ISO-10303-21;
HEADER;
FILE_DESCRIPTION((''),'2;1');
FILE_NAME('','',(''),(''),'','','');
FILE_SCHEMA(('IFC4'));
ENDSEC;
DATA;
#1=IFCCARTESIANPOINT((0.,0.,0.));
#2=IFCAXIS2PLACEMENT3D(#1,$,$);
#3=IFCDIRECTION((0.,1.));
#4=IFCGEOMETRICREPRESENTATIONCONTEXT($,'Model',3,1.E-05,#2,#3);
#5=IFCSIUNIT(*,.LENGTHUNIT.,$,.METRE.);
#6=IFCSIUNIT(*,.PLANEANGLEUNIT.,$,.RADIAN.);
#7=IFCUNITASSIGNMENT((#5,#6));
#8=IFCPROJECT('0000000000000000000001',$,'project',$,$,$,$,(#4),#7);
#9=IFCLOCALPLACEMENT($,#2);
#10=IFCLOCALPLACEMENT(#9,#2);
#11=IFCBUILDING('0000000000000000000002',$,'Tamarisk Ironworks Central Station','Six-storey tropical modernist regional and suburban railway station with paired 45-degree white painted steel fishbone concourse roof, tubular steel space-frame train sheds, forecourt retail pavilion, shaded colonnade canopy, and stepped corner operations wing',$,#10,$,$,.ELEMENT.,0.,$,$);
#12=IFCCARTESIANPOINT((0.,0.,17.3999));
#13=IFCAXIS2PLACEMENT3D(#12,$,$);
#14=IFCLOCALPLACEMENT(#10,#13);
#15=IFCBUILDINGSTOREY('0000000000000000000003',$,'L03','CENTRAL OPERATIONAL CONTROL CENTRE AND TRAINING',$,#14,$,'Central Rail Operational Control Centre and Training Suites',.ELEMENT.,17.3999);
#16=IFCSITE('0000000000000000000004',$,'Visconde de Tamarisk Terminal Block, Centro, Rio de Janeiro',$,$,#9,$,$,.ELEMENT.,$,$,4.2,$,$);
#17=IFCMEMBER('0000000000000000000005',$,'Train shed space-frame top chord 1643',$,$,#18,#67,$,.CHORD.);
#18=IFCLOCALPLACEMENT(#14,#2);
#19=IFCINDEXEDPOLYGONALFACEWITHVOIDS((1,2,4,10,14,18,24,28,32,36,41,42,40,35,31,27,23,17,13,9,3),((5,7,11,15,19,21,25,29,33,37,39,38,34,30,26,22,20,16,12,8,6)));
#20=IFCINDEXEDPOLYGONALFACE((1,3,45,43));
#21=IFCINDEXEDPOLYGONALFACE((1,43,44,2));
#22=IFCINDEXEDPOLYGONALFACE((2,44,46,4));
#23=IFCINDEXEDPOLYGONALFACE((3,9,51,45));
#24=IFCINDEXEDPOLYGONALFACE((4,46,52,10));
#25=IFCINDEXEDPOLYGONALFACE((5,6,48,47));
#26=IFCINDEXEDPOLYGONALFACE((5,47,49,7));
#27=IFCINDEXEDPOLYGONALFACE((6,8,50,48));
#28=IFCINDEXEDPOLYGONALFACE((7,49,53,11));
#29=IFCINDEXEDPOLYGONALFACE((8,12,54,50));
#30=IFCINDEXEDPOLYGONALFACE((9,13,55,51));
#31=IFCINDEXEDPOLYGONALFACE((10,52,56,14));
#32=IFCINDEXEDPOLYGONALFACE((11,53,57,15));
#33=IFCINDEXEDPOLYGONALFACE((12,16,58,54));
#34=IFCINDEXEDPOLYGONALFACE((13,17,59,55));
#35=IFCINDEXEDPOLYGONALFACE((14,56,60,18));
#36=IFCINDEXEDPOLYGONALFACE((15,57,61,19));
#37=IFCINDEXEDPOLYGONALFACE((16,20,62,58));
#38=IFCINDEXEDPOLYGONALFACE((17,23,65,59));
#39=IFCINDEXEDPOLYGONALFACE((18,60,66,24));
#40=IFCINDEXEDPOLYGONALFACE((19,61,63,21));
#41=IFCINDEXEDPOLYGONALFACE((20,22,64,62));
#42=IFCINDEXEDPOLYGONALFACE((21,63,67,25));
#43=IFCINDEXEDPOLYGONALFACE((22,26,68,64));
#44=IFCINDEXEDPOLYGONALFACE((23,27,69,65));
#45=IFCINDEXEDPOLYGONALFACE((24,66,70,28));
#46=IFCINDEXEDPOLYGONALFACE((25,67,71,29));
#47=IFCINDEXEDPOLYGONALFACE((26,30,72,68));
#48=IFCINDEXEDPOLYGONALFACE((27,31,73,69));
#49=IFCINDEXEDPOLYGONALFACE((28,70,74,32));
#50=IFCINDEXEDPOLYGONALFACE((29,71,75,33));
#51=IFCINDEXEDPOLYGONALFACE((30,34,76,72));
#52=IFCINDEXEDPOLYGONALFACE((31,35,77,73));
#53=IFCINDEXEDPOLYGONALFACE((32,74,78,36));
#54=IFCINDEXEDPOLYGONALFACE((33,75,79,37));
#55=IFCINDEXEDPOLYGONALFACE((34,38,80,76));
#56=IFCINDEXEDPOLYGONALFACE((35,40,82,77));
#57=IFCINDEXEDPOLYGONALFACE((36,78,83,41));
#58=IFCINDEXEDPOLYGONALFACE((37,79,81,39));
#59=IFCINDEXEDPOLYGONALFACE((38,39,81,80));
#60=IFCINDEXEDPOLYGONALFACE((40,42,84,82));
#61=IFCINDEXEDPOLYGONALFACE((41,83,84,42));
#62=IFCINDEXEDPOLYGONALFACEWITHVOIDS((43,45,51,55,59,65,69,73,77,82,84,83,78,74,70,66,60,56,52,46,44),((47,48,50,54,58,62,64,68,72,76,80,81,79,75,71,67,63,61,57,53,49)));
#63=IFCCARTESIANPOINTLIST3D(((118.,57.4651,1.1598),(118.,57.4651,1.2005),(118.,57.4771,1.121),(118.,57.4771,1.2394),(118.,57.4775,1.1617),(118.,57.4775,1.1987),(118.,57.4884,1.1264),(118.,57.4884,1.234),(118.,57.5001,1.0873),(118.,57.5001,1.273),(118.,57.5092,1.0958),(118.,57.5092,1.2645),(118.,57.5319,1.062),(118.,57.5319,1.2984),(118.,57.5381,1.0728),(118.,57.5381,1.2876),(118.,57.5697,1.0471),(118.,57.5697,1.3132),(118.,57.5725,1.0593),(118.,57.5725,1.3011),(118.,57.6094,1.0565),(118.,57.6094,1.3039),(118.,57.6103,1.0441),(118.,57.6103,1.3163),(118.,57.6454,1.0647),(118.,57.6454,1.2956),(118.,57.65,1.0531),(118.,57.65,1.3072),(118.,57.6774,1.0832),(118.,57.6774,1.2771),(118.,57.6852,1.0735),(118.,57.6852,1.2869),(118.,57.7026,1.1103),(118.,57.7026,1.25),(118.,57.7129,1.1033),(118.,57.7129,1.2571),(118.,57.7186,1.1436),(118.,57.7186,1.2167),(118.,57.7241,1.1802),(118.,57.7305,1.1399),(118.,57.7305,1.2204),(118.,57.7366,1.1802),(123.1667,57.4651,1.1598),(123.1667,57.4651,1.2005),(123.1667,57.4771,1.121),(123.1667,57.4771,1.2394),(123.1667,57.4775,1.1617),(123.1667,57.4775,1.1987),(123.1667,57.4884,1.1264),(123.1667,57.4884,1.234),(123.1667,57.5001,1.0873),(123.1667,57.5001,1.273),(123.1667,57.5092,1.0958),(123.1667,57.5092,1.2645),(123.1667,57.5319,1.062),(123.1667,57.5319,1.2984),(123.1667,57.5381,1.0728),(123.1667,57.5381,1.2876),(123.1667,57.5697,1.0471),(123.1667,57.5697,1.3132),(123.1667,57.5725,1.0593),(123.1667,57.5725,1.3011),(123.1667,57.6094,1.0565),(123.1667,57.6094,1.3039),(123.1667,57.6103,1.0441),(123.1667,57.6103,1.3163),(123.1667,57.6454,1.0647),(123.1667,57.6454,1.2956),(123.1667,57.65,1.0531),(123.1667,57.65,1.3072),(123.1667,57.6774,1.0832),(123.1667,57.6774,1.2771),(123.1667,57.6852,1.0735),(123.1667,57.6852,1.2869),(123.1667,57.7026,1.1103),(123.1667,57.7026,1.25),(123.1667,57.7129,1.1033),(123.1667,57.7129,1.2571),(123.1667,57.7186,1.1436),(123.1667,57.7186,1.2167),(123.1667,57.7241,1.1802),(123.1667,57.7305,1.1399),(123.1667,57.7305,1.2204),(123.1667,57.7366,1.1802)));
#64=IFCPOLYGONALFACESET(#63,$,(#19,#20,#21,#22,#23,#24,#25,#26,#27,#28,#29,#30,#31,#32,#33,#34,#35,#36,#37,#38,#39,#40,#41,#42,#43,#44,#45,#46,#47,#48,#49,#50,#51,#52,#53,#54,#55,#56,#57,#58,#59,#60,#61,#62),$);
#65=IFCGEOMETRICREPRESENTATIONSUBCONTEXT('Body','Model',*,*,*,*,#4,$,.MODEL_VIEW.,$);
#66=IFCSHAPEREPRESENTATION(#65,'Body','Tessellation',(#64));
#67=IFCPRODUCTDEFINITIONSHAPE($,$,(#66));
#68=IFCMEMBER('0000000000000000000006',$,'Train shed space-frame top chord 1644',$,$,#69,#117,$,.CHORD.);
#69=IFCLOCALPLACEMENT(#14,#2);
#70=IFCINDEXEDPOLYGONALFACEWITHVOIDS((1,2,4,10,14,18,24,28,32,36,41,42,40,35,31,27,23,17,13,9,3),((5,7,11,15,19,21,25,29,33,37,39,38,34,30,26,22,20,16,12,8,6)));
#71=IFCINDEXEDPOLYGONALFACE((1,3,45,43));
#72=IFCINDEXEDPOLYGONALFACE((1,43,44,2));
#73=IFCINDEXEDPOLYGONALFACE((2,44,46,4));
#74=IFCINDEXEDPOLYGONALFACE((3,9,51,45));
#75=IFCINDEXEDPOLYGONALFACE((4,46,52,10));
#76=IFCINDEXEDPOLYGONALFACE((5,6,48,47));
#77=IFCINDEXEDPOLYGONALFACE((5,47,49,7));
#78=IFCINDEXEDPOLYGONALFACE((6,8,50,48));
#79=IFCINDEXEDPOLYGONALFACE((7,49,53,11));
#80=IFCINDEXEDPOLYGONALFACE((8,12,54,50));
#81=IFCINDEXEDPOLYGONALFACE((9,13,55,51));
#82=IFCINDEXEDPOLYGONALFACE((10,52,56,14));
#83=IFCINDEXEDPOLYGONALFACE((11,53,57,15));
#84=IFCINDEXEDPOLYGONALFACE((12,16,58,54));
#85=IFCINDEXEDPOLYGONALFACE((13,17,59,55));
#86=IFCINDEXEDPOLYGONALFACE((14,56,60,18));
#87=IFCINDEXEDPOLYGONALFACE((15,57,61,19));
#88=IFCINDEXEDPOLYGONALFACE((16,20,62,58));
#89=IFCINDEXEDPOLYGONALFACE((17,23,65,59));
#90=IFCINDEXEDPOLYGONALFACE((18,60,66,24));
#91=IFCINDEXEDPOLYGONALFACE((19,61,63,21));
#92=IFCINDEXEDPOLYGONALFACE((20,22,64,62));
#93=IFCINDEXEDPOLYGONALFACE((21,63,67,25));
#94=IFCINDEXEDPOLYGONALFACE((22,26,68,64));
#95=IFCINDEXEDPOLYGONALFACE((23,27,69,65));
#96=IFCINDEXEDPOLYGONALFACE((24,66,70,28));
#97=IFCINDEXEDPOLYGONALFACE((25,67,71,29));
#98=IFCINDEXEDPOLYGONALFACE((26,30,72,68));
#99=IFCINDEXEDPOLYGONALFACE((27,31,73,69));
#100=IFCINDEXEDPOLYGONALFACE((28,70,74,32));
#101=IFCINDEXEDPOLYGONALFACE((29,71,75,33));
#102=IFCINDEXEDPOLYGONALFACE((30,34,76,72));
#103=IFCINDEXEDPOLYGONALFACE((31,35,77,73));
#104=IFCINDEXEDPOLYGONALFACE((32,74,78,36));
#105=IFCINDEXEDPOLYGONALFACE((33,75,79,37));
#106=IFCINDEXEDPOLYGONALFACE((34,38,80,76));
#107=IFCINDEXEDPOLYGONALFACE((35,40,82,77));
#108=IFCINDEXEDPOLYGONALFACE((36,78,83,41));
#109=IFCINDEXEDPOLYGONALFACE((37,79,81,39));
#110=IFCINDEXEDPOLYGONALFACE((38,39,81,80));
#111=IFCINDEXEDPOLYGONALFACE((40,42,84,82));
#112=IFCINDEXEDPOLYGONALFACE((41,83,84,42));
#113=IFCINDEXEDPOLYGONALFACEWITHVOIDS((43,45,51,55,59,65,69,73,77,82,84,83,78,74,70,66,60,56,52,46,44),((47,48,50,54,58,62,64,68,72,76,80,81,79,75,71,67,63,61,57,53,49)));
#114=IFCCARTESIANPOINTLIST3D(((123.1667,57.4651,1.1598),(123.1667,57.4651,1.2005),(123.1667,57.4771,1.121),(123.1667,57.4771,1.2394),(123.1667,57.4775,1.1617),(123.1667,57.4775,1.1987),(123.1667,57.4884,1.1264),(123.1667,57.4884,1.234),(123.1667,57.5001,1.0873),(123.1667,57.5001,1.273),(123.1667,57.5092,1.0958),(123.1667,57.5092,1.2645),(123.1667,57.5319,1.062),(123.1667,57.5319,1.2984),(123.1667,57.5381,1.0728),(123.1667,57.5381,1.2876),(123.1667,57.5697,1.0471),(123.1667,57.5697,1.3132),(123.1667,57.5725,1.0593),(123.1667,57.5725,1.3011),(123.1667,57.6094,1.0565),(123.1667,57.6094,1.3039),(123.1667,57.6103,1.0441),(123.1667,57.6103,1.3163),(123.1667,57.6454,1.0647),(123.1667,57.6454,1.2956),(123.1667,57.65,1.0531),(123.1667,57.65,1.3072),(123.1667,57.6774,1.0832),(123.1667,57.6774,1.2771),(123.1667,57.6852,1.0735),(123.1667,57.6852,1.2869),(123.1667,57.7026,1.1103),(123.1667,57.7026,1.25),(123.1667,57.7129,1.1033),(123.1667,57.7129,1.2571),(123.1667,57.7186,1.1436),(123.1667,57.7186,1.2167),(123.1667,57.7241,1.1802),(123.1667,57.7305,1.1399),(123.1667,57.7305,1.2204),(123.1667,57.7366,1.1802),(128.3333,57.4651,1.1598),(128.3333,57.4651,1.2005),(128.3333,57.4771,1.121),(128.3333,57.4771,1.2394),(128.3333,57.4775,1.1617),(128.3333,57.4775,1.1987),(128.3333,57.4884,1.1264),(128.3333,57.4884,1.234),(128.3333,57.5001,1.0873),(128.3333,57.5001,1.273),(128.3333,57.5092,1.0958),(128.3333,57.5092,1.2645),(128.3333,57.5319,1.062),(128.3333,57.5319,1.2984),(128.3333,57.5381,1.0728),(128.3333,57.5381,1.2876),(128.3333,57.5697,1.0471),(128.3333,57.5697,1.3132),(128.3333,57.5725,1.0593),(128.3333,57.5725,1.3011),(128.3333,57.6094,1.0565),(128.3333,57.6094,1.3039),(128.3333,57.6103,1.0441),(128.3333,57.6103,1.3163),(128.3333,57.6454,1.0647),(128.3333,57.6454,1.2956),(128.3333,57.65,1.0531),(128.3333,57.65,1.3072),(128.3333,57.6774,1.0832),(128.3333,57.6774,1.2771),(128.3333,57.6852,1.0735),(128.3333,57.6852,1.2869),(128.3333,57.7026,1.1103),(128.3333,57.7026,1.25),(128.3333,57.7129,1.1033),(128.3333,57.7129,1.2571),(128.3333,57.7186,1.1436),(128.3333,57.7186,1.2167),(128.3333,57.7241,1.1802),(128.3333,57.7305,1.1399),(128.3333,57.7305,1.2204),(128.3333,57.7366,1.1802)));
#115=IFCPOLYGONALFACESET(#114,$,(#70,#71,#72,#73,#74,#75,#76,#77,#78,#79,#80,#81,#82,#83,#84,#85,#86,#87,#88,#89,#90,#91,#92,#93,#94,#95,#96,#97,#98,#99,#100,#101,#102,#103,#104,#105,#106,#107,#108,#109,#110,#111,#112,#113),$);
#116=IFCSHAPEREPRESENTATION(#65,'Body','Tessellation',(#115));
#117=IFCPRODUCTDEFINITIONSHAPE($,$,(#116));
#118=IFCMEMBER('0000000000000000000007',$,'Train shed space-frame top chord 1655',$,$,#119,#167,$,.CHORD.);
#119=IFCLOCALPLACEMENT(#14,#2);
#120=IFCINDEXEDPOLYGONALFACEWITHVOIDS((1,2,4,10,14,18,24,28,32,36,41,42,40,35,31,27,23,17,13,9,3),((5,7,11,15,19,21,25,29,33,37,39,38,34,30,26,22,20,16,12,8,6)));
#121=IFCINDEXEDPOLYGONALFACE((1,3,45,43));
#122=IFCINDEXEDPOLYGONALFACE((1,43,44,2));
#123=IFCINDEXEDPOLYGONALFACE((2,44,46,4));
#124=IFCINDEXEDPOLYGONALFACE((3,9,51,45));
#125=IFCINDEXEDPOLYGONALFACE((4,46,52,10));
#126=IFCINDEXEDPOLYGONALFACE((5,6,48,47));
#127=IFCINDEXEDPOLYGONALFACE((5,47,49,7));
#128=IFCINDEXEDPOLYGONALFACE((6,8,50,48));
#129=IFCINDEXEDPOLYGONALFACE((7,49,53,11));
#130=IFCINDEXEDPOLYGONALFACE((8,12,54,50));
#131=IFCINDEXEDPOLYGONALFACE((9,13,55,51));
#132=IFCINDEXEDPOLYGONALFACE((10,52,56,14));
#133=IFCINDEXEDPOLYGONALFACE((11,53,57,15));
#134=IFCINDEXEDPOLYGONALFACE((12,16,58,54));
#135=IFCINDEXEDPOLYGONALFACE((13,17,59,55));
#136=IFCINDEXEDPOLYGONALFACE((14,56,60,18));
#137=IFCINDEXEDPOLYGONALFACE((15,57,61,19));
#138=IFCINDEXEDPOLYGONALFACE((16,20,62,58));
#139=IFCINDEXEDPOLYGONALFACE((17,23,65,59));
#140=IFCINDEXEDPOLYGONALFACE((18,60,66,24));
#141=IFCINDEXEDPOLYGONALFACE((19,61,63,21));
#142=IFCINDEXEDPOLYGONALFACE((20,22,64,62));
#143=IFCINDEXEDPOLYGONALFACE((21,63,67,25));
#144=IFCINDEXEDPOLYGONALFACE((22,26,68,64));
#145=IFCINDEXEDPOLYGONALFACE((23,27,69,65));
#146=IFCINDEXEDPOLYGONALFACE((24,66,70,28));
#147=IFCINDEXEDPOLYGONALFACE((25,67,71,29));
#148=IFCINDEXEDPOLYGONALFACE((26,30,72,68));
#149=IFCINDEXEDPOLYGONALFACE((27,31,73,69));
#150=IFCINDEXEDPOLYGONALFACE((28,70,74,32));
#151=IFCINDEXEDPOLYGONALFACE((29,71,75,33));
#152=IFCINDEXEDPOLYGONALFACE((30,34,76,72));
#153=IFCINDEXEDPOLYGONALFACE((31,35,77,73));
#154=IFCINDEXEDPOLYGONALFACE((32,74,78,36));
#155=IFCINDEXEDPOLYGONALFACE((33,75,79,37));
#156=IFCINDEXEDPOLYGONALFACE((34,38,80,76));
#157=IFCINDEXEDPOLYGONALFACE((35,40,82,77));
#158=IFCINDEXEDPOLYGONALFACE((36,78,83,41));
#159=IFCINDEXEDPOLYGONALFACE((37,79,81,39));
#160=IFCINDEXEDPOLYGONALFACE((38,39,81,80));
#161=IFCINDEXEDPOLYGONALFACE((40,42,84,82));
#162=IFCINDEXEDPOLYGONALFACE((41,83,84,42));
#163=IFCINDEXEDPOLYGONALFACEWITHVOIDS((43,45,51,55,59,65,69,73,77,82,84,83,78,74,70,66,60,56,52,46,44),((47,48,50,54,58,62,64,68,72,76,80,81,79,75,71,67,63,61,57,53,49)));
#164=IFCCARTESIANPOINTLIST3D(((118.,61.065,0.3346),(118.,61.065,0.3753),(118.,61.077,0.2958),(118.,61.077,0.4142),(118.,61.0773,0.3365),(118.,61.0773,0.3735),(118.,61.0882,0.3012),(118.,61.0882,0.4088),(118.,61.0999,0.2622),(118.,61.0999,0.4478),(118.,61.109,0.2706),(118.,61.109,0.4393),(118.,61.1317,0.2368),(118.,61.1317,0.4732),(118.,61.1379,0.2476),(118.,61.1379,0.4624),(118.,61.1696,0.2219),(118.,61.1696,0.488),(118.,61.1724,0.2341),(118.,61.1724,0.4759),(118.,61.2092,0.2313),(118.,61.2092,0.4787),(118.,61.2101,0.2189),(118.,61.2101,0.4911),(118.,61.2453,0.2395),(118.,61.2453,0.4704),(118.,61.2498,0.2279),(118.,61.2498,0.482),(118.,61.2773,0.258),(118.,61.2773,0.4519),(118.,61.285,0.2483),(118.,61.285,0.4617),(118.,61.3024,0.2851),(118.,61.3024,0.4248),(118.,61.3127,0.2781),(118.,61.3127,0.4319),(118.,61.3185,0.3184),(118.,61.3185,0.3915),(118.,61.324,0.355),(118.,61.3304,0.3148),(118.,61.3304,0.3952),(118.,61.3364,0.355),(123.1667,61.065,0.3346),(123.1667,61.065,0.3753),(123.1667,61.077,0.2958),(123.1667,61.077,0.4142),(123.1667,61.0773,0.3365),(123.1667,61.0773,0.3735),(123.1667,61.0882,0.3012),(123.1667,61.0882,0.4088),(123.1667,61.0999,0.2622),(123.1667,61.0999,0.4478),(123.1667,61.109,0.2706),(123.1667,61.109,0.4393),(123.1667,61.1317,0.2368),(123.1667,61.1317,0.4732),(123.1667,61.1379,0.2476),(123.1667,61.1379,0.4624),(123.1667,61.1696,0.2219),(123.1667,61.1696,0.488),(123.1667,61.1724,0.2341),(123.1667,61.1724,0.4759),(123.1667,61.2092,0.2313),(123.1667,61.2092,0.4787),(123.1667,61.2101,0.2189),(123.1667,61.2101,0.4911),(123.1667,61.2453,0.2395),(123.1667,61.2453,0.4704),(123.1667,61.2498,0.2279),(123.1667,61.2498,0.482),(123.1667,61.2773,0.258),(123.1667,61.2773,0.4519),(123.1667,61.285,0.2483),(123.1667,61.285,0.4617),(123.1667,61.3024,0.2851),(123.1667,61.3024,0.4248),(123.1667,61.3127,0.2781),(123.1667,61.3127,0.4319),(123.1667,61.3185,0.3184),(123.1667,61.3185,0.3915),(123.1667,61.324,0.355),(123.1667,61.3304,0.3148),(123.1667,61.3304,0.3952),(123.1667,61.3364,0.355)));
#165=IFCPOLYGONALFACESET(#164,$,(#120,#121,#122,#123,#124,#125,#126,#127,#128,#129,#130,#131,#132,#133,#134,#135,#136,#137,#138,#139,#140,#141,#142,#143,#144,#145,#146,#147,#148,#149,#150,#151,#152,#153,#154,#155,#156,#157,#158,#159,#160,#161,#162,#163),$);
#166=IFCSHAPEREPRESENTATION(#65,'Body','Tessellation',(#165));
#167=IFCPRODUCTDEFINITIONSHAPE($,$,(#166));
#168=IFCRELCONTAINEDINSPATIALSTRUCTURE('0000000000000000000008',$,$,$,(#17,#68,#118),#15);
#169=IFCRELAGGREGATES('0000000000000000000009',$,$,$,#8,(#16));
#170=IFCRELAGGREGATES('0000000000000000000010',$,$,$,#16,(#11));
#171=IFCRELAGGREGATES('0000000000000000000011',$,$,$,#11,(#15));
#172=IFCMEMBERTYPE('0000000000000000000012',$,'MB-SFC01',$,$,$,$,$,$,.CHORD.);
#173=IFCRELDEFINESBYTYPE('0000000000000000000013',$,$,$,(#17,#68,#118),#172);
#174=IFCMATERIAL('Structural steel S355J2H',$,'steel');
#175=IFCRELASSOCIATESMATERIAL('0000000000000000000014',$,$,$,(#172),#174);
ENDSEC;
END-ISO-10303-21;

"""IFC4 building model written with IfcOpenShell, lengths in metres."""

from ifc_helpers import new_model, si_unit, direction, frame, origin, origin_2d, place, context, subcontext, project, spatial, hollow_circle, extrude, material, material_profile, profile_set, type_object, element, save


model = new_model("IFC4")

# Units and contexts
model_context = context("Model", 3, precision=1e-05, world=origin(), true_north=direction((0.0, 1.0)))
body_context = subcontext(model_context, "Body", "Model", "MODEL_VIEW")
ifc_project = project(units=[si_unit("LENGTHUNIT", "METRE"), si_unit("PLANEANGLEUNIT", "RADIAN")], contexts=[model_context])

# Site, building, storey
site_placement = place(None, origin())
site = spatial("IfcSite", under=ifc_project, at=site_placement, Name="Visconde de Tamarisk Terminal Block, Centro, Rio de Janeiro", CompositionType="ELEMENT", RefElevation=4.2)
building_placement = place(site_placement, origin())
building = spatial("IfcBuilding", under=site, at=building_placement, Name="Tamarisk Ironworks Central Station", Description="Six-storey tropical modernist regional and suburban railway station with paired 45-degree white painted steel fishbone concourse roof, tubular steel space-frame train sheds, forecourt retail pavilion, shaded colonnade canopy, and stepped corner operations wing", CompositionType="ELEMENT", ElevationOfRefHeight=0.0)
storey_placement = place(building_placement, frame((0.0, 0.0, 17.3999)))
storey = spatial("IfcBuildingStorey", under=building, at=storey_placement, Name="L03", Description="CENTRAL OPERATIONAL CONTROL CENTRE AND TRAINING", LongName="Central Rail Operational Control Centre and Training Suites", CompositionType="ELEMENT", Elevation=17.3999)

# Members
ifc_material_1 = material(Name="Structural steel S355J2H", Category="steel")
ifc_material_profile_1 = material_profile(ifc_material_1, hollow_circle(Radius=0.1365, WallThickness=0.0125, at=origin_2d()), Name="CHS 273x12.5")
ifc_profile_set_1 = profile_set([ifc_material_profile_1], Name="Structural steel S355J2H")
member_type_1 = type_object("IfcMemberType", Name="MB-SFC01", PredefinedType="CHORD", material=ifc_profile_set_1)
member_1_placement = place(storey_placement, frame((118.0, 57.6001, 1.1802), z_axis=(1.0, 0.0, 0.0), x_axis=(0.0, 1.0, 0.0)))
element("IfcMember", 1, at=member_1_placement, inside=storey, type_object=member_type_1, Name="Train shed space-frame top chord 1643", PredefinedType="CHORD", context=body_context, shape_type="SweptSolid", body=[
    extrude(hollow_circle(Radius=0.1365, WallThickness=0.0125, at=origin_2d()), origin(), (0.0, 0.0, 1.0), 5.1667),
])
member_2_placement = place(storey_placement, frame((123.1667, 57.6001, 1.1802), z_axis=(1.0, 0.0, 0.0), x_axis=(0.0, 1.0, 0.0)))
element("IfcMember", 2, at=member_2_placement, inside=storey, type_object=member_type_1, Name="Train shed space-frame top chord 1644", PredefinedType="CHORD", context=body_context, shape_type="SweptSolid", body=[
    extrude(hollow_circle(Radius=0.1365, WallThickness=0.0125, at=origin_2d()), origin(), (0.0, 0.0, 1.0), 5.1665),
])
for number, where, z_axis, x_axis, name in (
    (3, (118.0, 61.2, 0.355), (1.0, 0.0, 0.0), (0.0, 1.0, 0.0), "Train shed space-frame top chord 1655"),
):
    element("IfcMember", number, at=place(storey_placement, frame(where, z_axis=z_axis, x_axis=x_axis)), inside=storey, type_object=member_type_1, Name=name, PredefinedType="CHORD", context=body_context, shape_type="SweptSolid", body=[
        extrude(hollow_circle(Radius=0.1365, WallThickness=0.0125, at=origin_2d()), origin(), (0.0, 0.0, 1.0), 5.1667),
    ])

save(model, "model.ifc")
